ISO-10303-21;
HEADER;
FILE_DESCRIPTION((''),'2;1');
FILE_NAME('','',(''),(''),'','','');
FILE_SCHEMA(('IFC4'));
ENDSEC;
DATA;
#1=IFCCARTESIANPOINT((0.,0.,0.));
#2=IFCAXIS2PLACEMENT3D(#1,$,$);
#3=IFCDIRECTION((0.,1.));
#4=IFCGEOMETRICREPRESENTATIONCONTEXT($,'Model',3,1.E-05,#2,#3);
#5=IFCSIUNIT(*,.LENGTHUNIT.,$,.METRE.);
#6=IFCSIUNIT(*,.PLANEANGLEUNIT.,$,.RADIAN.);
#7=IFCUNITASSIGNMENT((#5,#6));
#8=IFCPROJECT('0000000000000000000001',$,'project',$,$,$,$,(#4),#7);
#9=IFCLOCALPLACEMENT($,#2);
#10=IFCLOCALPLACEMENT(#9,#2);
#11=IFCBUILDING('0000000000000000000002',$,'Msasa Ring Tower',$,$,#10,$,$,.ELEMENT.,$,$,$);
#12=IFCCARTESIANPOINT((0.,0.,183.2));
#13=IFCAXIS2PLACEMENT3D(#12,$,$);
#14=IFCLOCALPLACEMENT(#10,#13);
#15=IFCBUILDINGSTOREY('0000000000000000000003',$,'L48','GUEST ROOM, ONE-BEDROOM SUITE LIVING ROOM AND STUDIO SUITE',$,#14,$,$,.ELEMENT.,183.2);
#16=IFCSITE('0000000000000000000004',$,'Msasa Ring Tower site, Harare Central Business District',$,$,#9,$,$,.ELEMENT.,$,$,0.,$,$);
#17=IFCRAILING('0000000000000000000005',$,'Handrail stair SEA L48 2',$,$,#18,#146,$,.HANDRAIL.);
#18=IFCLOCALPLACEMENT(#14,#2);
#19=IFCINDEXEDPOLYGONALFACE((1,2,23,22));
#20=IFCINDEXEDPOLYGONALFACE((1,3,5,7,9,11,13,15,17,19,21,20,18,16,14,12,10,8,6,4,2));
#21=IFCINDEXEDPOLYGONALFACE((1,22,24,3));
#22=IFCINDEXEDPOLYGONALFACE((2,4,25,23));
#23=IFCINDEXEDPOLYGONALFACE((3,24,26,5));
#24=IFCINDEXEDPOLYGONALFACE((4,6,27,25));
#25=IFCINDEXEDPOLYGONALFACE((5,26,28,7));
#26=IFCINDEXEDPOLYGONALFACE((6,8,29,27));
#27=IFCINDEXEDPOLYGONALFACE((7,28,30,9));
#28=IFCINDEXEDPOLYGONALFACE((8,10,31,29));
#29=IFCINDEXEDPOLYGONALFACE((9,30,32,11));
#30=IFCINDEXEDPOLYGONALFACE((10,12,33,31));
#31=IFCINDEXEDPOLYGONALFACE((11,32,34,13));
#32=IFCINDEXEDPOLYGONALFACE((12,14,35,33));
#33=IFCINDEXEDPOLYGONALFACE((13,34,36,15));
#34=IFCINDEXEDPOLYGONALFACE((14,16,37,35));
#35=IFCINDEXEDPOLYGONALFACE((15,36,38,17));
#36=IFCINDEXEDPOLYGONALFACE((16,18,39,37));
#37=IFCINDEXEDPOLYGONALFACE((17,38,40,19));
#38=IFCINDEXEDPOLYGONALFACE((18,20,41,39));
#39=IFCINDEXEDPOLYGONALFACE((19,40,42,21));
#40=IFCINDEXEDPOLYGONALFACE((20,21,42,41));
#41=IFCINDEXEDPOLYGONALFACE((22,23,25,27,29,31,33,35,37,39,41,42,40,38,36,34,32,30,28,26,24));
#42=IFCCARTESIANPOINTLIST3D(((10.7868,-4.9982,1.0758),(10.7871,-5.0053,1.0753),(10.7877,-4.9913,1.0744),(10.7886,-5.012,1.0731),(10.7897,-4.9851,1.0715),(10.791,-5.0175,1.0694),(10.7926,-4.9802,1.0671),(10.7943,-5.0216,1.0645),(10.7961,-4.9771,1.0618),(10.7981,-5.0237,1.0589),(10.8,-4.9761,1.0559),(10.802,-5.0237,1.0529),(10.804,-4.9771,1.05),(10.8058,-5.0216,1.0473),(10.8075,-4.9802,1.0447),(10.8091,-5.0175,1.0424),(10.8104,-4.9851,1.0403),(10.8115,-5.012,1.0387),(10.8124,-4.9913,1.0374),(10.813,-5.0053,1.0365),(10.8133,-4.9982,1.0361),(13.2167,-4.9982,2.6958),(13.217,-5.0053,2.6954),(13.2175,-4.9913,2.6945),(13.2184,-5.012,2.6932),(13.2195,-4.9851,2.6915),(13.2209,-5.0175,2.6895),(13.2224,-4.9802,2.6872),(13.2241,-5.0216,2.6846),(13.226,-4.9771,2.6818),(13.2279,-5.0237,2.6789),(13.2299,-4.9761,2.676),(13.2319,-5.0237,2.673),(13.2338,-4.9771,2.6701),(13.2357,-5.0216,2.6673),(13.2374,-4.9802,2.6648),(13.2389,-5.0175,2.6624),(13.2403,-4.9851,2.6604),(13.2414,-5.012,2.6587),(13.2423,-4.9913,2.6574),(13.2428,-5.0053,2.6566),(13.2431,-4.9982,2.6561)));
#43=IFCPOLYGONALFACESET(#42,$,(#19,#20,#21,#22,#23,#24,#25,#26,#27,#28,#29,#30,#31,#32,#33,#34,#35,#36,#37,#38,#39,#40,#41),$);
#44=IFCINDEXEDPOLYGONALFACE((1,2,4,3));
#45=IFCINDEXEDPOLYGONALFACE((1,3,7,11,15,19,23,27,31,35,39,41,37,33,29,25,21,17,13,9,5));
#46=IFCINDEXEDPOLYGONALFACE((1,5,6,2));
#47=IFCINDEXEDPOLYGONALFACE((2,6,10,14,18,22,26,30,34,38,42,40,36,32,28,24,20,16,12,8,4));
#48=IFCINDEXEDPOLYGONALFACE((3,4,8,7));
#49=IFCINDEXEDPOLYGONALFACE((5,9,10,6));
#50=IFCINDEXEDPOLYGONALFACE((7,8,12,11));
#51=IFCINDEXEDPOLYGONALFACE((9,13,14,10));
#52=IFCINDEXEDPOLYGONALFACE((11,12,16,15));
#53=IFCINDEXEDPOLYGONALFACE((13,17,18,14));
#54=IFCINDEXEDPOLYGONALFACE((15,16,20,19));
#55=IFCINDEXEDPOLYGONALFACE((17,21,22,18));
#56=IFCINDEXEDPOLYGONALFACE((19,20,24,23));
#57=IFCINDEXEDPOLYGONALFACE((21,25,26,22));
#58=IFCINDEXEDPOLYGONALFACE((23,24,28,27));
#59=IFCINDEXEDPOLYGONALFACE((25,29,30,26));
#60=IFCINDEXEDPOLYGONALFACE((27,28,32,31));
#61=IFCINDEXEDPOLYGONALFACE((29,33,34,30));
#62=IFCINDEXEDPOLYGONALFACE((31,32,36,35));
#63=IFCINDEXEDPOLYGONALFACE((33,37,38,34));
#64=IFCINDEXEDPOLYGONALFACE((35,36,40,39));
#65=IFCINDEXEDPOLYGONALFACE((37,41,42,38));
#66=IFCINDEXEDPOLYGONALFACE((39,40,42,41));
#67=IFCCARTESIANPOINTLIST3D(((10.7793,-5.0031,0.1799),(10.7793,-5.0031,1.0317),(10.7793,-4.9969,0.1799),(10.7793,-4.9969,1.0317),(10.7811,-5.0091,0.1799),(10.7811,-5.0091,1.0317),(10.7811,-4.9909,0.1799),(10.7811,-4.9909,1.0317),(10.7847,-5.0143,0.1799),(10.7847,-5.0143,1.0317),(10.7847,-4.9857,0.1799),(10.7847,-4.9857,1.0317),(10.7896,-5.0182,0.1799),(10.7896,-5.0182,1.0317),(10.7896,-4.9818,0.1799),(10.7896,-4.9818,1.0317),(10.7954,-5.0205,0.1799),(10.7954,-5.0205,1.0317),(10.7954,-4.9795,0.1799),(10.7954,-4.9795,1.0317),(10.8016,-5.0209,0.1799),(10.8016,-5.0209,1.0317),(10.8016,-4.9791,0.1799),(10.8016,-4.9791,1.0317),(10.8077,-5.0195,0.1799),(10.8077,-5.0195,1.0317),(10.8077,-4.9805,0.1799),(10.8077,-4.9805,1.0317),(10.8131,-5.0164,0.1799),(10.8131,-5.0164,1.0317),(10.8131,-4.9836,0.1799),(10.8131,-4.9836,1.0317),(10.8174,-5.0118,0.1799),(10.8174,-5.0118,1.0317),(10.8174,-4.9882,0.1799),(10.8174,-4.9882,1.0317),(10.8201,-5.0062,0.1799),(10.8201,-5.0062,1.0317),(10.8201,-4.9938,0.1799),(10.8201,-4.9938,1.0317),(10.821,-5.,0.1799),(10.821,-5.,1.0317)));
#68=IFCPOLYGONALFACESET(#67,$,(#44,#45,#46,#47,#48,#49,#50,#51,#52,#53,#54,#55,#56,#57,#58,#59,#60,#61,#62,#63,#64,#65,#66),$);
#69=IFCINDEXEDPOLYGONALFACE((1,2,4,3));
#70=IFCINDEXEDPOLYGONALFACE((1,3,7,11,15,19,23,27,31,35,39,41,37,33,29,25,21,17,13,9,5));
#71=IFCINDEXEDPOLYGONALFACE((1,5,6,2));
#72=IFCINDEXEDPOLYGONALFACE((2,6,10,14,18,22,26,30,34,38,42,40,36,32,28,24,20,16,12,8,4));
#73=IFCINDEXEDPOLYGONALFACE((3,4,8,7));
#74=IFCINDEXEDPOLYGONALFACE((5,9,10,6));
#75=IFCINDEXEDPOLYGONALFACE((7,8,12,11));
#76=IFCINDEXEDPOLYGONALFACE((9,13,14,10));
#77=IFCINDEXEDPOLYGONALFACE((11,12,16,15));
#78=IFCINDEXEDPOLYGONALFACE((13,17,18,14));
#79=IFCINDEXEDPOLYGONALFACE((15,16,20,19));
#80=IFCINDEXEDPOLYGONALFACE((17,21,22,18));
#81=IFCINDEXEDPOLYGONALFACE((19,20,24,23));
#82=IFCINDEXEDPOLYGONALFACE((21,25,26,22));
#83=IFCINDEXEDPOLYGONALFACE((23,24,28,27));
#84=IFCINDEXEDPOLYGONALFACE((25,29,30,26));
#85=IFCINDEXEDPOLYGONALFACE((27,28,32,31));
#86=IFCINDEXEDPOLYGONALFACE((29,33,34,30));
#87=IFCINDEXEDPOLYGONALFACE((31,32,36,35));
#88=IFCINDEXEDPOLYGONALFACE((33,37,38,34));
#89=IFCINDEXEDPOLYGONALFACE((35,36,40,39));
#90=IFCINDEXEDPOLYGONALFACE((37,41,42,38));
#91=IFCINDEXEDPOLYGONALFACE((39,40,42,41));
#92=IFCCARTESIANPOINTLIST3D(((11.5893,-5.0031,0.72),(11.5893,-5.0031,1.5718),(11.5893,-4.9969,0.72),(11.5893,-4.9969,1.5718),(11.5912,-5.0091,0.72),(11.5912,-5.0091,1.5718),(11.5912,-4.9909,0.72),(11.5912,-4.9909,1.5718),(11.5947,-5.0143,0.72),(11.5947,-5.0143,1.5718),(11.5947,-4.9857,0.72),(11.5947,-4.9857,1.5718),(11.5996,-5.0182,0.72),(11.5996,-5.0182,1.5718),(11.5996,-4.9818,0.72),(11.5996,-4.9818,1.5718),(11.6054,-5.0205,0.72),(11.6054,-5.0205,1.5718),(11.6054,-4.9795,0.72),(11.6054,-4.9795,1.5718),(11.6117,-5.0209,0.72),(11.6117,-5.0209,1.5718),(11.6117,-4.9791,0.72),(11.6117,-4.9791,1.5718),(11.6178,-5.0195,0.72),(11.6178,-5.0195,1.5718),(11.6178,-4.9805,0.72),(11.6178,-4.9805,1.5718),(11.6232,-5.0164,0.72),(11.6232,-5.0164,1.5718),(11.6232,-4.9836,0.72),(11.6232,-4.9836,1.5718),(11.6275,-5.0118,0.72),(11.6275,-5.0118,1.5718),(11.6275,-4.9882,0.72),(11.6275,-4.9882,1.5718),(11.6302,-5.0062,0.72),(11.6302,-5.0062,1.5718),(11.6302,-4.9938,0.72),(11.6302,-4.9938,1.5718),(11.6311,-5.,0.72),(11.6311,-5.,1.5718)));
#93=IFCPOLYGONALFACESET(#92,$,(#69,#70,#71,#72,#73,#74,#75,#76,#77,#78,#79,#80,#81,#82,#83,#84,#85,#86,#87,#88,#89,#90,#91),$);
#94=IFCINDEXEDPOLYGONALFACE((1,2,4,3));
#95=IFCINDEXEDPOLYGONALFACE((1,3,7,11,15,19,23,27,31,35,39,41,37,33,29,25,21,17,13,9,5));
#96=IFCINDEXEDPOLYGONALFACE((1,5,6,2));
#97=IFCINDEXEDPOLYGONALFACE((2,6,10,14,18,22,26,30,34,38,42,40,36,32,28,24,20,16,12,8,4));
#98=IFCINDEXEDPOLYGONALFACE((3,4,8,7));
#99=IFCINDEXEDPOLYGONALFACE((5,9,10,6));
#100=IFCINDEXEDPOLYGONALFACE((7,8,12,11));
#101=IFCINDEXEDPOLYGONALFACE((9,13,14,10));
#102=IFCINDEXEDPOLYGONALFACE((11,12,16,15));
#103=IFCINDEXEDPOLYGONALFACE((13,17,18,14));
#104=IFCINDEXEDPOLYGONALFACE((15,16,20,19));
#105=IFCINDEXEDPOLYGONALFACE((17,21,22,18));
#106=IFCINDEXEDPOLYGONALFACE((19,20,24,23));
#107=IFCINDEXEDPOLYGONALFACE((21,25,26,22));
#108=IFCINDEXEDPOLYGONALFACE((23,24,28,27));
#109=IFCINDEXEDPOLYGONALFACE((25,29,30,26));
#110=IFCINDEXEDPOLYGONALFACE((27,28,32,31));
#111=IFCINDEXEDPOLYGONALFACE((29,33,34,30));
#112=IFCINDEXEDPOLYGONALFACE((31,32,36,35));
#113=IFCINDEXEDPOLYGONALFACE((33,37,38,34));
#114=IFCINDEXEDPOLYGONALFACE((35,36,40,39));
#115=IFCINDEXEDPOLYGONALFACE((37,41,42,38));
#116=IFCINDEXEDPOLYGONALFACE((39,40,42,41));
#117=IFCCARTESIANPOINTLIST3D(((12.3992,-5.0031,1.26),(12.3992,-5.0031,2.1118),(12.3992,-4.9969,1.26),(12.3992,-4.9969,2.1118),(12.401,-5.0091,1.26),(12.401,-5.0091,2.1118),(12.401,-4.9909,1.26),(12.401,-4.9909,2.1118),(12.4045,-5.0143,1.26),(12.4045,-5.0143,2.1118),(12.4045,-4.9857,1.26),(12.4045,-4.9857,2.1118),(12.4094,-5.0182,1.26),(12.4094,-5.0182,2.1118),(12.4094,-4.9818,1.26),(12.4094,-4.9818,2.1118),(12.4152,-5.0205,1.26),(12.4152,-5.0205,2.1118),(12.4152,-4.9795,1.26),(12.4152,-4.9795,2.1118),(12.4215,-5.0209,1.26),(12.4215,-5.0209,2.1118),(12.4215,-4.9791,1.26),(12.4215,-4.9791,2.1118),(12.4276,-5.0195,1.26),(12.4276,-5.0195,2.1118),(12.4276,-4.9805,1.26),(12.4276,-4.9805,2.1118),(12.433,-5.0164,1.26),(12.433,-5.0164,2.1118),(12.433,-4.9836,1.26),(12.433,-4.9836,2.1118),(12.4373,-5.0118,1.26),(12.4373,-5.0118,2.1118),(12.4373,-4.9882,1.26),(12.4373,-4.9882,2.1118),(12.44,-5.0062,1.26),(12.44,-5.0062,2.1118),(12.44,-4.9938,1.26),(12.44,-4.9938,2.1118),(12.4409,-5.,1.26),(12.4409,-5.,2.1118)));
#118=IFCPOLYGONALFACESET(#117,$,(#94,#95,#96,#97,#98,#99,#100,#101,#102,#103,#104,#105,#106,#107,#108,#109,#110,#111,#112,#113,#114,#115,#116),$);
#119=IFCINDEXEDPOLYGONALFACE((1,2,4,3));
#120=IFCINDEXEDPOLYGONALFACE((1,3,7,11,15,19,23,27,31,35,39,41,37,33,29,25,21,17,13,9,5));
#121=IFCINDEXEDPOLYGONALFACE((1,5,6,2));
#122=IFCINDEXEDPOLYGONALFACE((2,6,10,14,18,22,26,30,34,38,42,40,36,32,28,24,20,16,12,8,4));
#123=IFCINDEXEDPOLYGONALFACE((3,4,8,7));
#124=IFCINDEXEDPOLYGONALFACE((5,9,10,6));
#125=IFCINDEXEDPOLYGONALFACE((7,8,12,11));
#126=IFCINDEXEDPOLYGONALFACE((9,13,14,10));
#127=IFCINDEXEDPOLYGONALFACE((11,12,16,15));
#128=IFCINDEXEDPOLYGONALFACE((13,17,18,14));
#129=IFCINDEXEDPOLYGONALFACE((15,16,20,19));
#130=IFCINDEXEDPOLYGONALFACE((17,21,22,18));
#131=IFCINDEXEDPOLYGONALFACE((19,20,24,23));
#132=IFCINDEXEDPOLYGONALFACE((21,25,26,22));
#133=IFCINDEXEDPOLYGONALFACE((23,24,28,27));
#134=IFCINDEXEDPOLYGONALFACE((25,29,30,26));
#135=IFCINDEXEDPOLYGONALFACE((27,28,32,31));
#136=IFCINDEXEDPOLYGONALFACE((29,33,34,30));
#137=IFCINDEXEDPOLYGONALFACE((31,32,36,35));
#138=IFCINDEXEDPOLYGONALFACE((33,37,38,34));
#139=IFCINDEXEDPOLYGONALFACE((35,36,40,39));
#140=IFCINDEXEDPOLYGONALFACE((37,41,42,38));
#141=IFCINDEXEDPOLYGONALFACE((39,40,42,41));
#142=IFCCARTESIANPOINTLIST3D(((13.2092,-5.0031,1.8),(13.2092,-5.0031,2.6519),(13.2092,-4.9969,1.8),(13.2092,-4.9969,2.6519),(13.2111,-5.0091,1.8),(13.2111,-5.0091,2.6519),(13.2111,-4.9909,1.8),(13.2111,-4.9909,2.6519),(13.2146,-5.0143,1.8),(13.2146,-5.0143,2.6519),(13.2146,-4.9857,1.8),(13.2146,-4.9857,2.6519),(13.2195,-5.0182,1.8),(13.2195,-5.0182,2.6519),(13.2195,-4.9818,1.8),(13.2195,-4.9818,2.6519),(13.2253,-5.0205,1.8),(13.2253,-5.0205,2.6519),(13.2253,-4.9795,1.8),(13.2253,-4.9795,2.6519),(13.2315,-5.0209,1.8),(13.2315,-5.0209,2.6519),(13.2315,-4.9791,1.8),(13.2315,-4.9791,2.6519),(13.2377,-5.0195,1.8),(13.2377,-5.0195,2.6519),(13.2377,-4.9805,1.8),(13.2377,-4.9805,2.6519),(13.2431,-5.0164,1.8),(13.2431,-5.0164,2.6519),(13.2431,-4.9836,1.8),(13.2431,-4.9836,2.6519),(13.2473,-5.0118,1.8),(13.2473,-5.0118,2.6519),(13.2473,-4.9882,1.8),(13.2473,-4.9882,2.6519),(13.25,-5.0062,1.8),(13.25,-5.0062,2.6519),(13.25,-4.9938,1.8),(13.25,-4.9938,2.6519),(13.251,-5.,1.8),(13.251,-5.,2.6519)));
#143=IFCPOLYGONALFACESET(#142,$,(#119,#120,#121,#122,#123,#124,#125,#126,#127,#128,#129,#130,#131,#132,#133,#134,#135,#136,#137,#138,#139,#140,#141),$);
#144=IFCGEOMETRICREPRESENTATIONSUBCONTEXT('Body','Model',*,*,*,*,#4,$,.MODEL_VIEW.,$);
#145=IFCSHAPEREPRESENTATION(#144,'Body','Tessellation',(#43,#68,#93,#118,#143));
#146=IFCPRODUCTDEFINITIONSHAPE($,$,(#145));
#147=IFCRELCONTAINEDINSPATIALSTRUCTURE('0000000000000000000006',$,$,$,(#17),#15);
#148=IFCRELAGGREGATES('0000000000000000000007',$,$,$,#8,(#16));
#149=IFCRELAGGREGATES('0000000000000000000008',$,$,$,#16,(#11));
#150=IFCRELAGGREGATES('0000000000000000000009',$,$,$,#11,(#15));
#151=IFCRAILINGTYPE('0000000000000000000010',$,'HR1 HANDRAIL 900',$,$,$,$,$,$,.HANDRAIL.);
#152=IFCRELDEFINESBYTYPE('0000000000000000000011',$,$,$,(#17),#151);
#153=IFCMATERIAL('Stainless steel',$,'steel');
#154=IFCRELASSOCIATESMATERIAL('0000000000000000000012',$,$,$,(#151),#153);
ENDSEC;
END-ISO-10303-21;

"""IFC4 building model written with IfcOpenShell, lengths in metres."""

from ifc_helpers import new_model, si_unit, direction, frame, origin, origin_2d, place, context, subcontext, project, spatial, circle, extrude, material, type_object, element, save


model = new_model("IFC4")

# Units and contexts
model_context = context("Model", 3, precision=1e-05, world=origin(), true_north=direction((0.0, 1.0)))
body_context = subcontext(model_context, "Body", "Model", "MODEL_VIEW")
ifc_project = project(units=[si_unit("LENGTHUNIT", "METRE"), si_unit("PLANEANGLEUNIT", "RADIAN")], contexts=[model_context])

# Site, building, storey
site_placement = place(None, origin())
site = spatial("IfcSite", under=ifc_project, at=site_placement, Name="Msasa Ring Tower site, Harare Central Business District", CompositionType="ELEMENT", RefElevation=0.0)
building_placement = place(site_placement, origin())
building = spatial("IfcBuilding", under=site, at=building_placement, Name="Msasa Ring Tower", CompositionType="ELEMENT")
storey_placement = place(building_placement, frame((0.0, 0.0, 183.2)))
storey = spatial("IfcBuildingStorey", under=building, at=storey_placement, Name="L48", Description="GUEST ROOM, ONE-BEDROOM SUITE LIVING ROOM AND STUDIO SUITE", CompositionType="ELEMENT", Elevation=183.2)

# Railing
ifc_material_1 = material(Name="Stainless steel", Category="steel")
railing_type = type_object("IfcRailingType", Name="HR1 HANDRAIL 900", PredefinedType="HANDRAIL", material=ifc_material_1)
for number, where, name in (
    (1, (10.8, -5.0, 0.1799), "Handrail stair SEA L48 2"),
):
    element("IfcRailing", number, at=place(storey_placement, frame(where)), inside=storey, type_object=railing_type, Name=name, PredefinedType="HANDRAIL", context=body_context, shape_type="SweptSolid", body=[
        extrude(circle(Radius=0.0239, at=origin_2d()), frame((0.0, 0.0, 0.876), z_axis=(0.832025, 0.0, 0.554739), x_axis=(0.0, 1.0, 0.0)), (0.0, 0.0, 1.0), 2.9204),
        extrude(circle(Radius=0.021, at=origin_2d()), origin(), (0.0, 0.0, 1.0), 0.8518),
        extrude(circle(Radius=0.021, at=origin_2d()), frame((0.8101, 0.0, 0.54)), (0.0, 0.0, 1.0), 0.8518),
        extrude(circle(Radius=0.021, at=origin_2d()), frame((1.6199, 0.0, 1.0801)), (0.0, 0.0, 1.0), 0.8518),
        extrude(circle(Radius=0.021, at=origin_2d()), frame((2.4299, 0.0, 1.6201)), (0.0, 0.0, 1.0), 0.8518),
    ])

save(model, "model.ifc")
